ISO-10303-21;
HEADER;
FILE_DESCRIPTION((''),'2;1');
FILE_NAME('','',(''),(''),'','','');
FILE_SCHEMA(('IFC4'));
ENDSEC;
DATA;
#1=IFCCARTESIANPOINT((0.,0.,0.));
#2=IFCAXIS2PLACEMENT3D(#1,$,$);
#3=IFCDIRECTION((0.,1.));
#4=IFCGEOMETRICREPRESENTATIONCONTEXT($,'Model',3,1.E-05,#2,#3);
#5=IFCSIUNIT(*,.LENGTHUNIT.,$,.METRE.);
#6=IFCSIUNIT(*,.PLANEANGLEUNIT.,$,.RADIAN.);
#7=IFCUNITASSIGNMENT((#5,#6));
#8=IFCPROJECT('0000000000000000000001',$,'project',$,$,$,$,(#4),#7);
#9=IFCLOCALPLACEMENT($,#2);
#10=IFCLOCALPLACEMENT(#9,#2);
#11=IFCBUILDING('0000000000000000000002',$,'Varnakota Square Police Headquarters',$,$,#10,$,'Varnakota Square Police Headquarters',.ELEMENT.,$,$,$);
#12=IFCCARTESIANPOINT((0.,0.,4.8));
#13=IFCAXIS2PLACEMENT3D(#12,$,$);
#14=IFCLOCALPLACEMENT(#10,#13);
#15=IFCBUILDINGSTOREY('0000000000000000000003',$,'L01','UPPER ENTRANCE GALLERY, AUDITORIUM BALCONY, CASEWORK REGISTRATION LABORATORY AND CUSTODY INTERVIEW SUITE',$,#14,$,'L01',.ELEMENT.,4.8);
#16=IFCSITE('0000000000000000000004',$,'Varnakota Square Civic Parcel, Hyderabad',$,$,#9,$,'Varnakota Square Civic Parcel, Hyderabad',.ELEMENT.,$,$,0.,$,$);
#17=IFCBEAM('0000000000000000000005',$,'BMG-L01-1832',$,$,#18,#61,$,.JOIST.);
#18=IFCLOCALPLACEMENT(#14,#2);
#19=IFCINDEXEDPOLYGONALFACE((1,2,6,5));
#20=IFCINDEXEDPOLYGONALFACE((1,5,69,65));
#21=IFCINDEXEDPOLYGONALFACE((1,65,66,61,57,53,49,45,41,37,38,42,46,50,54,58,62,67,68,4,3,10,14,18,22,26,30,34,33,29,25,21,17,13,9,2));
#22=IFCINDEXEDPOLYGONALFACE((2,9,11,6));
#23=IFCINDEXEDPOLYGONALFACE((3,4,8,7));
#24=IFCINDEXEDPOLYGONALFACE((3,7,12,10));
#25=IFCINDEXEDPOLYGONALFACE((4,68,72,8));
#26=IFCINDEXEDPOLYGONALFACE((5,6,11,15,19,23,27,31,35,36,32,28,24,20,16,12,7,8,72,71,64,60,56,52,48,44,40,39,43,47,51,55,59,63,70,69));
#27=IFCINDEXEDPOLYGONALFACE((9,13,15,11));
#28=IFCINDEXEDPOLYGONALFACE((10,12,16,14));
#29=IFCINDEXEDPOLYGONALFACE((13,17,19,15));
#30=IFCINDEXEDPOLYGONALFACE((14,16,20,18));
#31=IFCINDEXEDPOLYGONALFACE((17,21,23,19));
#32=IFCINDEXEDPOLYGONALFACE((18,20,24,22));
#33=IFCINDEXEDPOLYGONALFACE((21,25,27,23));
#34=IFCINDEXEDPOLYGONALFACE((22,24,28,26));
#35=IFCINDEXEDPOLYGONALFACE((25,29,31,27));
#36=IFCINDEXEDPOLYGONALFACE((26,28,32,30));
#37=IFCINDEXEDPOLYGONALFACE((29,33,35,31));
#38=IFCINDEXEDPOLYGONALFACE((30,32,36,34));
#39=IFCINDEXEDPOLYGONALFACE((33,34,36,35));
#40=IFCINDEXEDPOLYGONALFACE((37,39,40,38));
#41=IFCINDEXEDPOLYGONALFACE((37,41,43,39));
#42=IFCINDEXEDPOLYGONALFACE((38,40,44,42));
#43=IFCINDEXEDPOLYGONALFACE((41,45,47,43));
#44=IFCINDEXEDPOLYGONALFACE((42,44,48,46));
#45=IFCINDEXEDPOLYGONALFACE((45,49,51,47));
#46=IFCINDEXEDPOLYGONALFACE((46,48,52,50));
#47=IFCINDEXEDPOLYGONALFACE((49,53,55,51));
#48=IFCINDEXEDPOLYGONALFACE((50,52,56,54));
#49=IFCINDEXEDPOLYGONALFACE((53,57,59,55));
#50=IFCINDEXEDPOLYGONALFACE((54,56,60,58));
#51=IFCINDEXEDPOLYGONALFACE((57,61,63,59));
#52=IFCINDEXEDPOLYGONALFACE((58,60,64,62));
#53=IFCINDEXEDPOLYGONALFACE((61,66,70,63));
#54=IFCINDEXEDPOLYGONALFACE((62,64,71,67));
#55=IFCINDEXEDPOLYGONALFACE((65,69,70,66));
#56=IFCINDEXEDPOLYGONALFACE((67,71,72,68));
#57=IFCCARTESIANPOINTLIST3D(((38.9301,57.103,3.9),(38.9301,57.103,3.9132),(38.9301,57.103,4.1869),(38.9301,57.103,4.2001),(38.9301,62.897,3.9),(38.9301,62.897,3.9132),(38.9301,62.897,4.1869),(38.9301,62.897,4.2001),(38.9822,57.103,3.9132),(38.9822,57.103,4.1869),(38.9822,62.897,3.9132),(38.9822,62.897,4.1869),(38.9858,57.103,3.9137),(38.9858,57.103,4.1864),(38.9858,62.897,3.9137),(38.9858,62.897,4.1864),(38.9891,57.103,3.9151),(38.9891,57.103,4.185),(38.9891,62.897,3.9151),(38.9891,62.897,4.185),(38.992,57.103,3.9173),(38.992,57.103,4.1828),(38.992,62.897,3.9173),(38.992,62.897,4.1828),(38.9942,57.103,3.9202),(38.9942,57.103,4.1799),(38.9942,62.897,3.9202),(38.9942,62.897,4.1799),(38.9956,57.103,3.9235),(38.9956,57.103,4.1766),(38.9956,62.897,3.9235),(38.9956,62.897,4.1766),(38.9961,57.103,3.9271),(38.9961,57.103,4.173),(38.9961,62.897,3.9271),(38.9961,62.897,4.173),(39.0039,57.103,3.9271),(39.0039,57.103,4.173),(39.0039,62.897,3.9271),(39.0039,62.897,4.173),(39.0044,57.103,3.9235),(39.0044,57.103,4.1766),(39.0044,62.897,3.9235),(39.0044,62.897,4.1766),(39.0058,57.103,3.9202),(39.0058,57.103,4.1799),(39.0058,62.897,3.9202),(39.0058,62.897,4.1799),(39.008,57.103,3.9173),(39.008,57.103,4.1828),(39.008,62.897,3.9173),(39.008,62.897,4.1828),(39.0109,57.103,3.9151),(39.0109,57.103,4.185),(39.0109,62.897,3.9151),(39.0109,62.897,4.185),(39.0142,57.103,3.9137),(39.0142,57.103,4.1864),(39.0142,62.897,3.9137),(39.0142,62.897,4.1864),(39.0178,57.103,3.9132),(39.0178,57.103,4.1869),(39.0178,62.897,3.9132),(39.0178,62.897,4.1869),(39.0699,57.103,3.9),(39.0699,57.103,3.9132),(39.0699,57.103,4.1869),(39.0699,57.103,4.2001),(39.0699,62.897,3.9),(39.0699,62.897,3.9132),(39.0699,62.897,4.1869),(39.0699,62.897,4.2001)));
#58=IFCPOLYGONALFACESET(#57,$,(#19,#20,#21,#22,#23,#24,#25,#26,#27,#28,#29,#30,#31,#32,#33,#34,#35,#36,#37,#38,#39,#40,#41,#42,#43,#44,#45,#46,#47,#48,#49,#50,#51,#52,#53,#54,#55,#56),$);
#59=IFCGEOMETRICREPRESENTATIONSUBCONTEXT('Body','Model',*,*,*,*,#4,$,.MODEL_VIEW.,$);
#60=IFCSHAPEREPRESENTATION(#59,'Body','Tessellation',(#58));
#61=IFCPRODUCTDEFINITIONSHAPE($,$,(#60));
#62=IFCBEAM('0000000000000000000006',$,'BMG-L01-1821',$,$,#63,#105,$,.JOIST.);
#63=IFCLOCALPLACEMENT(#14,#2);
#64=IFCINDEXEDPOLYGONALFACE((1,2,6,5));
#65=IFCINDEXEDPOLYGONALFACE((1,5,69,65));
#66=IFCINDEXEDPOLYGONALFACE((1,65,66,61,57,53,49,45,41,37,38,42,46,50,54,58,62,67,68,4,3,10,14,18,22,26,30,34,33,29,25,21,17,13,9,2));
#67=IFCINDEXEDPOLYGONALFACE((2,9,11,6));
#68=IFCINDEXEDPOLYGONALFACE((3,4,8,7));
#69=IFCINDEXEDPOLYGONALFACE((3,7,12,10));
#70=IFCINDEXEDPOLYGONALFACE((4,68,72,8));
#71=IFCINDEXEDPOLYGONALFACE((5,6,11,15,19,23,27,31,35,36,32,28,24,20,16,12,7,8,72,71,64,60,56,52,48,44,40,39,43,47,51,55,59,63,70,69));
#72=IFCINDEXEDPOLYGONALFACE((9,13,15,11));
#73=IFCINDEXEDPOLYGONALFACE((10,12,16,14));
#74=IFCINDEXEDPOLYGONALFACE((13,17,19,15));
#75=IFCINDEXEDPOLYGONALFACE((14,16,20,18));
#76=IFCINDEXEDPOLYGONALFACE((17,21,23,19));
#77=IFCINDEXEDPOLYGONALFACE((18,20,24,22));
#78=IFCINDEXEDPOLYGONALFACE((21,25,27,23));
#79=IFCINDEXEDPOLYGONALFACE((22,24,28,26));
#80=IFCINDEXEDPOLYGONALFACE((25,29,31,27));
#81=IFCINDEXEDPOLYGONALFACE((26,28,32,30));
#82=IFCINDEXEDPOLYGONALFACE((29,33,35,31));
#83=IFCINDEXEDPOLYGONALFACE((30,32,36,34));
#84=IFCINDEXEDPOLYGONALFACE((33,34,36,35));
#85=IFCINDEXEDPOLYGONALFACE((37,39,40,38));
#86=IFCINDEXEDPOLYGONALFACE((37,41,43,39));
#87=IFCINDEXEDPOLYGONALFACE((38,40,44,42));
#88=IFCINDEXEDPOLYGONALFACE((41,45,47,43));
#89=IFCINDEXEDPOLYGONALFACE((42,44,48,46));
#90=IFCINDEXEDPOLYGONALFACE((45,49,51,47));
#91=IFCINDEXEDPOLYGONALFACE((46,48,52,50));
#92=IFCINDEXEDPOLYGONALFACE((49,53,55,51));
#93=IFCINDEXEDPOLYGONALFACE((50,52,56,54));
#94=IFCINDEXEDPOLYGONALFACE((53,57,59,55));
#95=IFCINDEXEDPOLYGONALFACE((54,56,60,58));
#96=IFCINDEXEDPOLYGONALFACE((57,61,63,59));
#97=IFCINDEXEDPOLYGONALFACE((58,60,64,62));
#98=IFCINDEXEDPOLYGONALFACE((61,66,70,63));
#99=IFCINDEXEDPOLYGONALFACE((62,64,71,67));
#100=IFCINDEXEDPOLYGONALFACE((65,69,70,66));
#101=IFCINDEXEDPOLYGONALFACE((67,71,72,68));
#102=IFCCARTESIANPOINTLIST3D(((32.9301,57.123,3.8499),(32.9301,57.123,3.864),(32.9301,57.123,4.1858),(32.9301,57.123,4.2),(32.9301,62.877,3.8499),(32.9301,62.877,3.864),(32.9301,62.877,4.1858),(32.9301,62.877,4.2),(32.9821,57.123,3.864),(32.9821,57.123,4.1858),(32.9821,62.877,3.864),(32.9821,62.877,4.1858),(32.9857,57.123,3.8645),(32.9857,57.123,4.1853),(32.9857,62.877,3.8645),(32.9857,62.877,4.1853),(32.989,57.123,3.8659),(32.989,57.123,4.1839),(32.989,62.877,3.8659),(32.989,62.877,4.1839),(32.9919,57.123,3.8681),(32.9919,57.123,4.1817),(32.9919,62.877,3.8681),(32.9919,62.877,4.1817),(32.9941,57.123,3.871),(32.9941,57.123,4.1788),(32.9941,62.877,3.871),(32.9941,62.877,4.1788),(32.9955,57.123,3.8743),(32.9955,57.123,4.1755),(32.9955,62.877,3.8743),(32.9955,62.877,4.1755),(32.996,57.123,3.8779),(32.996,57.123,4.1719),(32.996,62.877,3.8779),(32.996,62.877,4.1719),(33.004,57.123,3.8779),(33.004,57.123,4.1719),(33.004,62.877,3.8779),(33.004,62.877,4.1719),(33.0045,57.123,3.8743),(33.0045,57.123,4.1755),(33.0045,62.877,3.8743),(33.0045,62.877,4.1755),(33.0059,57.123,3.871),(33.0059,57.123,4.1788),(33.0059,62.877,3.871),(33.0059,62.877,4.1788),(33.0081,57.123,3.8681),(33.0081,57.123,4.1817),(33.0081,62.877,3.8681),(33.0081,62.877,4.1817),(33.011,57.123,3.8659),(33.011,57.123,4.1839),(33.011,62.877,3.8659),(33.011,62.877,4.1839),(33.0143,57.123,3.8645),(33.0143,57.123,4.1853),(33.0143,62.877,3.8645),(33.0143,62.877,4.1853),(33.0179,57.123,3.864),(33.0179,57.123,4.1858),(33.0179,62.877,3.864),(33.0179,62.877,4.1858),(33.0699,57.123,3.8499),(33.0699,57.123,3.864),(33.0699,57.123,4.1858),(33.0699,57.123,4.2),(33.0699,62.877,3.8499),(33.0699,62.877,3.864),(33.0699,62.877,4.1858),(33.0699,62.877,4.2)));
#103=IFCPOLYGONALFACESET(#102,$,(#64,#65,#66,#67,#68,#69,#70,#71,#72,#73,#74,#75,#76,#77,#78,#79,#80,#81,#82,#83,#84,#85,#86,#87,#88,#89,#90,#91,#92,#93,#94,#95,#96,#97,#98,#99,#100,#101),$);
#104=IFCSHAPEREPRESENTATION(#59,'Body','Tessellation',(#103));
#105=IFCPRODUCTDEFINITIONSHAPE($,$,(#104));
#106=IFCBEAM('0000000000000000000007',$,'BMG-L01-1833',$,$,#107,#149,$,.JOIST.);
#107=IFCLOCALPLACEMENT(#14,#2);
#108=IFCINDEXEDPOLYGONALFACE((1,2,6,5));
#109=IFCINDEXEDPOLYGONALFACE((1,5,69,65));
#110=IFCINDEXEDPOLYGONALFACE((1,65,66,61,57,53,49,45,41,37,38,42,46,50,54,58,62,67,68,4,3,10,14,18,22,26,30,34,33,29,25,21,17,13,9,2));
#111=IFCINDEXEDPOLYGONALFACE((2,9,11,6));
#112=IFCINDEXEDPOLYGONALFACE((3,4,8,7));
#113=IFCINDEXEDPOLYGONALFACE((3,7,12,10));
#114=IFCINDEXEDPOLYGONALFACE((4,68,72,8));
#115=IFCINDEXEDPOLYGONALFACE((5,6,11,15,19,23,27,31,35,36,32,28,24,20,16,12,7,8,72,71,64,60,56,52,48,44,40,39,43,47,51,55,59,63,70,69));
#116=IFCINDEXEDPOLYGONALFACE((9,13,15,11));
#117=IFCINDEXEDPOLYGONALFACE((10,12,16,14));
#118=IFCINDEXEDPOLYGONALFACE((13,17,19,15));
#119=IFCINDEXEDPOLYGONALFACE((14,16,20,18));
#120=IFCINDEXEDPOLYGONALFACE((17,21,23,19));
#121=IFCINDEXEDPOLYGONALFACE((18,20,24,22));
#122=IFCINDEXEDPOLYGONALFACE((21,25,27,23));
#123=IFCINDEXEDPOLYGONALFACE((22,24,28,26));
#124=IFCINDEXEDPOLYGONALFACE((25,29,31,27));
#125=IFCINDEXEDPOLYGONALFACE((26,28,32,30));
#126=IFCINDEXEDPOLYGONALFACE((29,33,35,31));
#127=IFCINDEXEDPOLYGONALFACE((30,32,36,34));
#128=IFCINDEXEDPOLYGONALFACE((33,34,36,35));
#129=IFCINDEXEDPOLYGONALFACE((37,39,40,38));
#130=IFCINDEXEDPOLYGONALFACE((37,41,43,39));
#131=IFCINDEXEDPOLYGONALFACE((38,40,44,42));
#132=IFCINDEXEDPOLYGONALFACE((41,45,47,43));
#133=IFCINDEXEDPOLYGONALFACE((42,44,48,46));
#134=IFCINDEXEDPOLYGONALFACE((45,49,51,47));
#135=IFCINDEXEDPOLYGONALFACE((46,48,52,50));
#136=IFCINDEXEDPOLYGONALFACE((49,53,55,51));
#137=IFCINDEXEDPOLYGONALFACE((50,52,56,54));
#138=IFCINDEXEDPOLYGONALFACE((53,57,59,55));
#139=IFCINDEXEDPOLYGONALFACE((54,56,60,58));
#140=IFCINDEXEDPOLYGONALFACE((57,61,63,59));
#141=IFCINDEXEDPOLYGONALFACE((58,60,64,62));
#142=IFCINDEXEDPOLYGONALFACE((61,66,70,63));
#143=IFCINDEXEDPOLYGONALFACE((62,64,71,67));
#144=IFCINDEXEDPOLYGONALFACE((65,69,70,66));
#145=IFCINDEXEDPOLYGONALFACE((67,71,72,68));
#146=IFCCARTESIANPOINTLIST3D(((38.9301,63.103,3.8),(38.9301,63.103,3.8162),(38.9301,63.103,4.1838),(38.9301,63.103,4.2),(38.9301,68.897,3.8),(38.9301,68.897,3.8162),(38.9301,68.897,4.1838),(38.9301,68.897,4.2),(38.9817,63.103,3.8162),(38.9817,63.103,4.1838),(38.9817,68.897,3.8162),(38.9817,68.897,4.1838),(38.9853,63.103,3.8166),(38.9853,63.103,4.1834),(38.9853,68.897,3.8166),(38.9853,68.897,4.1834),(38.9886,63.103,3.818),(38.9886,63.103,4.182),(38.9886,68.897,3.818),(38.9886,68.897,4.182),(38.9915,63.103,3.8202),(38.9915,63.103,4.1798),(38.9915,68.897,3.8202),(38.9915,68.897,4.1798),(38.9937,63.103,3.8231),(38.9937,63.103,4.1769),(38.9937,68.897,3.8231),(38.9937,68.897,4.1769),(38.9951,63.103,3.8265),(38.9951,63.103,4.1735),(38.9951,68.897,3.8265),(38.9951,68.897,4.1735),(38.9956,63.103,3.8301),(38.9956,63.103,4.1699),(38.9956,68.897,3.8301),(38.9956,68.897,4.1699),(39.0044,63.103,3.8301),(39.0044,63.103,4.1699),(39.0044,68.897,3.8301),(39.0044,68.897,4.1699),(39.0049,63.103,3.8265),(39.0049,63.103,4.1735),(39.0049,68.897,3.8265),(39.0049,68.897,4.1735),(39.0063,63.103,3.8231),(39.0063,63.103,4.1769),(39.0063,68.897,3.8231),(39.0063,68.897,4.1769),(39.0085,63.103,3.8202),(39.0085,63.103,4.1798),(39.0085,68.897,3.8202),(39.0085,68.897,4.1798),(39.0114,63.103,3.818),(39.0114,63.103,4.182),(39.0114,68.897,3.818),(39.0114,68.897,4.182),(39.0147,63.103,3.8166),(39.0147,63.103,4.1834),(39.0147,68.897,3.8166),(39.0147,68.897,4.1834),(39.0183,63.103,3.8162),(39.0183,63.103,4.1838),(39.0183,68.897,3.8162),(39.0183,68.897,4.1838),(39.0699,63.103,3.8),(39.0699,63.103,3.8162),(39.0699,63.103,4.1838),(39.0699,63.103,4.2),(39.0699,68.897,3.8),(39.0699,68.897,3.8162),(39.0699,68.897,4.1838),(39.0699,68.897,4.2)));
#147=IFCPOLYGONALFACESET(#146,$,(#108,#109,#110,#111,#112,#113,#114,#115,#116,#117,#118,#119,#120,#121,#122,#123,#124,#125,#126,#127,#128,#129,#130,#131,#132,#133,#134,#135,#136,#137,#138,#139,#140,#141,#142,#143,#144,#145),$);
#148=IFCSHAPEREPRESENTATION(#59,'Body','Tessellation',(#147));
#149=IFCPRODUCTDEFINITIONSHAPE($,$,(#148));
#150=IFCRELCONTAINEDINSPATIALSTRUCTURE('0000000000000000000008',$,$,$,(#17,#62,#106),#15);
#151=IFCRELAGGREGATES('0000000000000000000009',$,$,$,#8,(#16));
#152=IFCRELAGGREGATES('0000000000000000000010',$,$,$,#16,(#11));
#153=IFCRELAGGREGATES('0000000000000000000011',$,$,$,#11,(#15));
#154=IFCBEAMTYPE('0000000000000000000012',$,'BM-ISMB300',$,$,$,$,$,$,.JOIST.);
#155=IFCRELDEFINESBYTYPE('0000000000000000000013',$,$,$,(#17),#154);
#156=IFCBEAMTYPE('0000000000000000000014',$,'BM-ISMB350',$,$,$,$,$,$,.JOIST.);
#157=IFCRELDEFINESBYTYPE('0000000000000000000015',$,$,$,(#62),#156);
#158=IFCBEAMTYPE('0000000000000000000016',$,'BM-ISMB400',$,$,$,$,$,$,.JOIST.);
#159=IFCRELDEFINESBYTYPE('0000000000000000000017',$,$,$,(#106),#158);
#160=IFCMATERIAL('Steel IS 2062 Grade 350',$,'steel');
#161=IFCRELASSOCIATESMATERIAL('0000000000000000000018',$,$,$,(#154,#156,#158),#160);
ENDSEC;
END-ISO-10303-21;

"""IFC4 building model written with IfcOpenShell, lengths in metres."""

from ifc_helpers import new_model, si_unit, direction, frame, origin, origin_2d, place, context, subcontext, project, spatial, i_section, extrude, material, material_profile, profile_set, type_object, element, save


model = new_model("IFC4")

# Units and contexts
model_context = context("Model", 3, precision=1e-05, world=origin(), true_north=direction((0.0, 1.0)))
body_context = subcontext(model_context, "Body", "Model", "MODEL_VIEW")
ifc_project = project(units=[si_unit("LENGTHUNIT", "METRE"), si_unit("PLANEANGLEUNIT", "RADIAN")], contexts=[model_context])

# Site, building, storey
site_placement = place(None, origin())
site = spatial("IfcSite", under=ifc_project, at=site_placement, Name="Varnakota Square Civic Parcel, Hyderabad", LongName="Varnakota Square Civic Parcel, Hyderabad", CompositionType="ELEMENT", RefElevation=0.0)
building_placement = place(site_placement, origin())
building = spatial("IfcBuilding", under=site, at=building_placement, Name="Varnakota Square Police Headquarters", LongName="Varnakota Square Police Headquarters", CompositionType="ELEMENT")
storey_placement = place(building_placement, frame((0.0, 0.0, 4.8)))
storey = spatial("IfcBuildingStorey", under=building, at=storey_placement, Name="L01", Description="UPPER ENTRANCE GALLERY, AUDITORIUM BALCONY, CASEWORK REGISTRATION LABORATORY AND CUSTODY INTERVIEW SUITE", LongName="L01", CompositionType="ELEMENT", Elevation=4.8)

# Shared definitions
ifc_material_1 = material(Name="Steel IS 2062 Grade 350", Category="steel")

# Beams
ifc_material_profile_1 = material_profile(ifc_material_1, i_section(OverallWidth=0.1399, OverallDepth=0.3, WebThickness=0.0078, FlangeThickness=0.0132, FilletRadius=0.0139, at=origin_2d()), Name="ISMB 300")
ifc_profile_set_1 = profile_set([ifc_material_profile_1], Name="Steel IS 2062 Grade 350")
beam_type_1 = type_object("IfcBeamType", Name="BM-ISMB300", PredefinedType="JOIST", material=ifc_profile_set_1)
beam_1_placement = place(storey_placement, frame((39.0, 57.103, 4.05), z_axis=(0.0, 1.0, 0.0), x_axis=(-1.0, 0.0, 0.0)))
element("IfcBeam", 1, at=beam_1_placement, inside=storey, type_object=beam_type_1, Name="BMG-L01-1832", PredefinedType="JOIST", context=body_context, shape_type="SweptSolid", body=[
    extrude(i_section(OverallWidth=0.1399, OverallDepth=0.3, WebThickness=0.0078, FlangeThickness=0.0132, FilletRadius=0.0139, at=origin_2d()), origin(), (0.0, 0.0, 1.0), 5.7939),
])
ifc_material_profile_2 = material_profile(ifc_material_1, i_section(OverallWidth=0.1399, OverallDepth=0.3501, WebThickness=0.0081, FlangeThickness=0.0142, FilletRadius=0.0139, at=origin_2d()), Name="ISMB 350")
ifc_profile_set_2 = profile_set([ifc_material_profile_2], Name="Steel IS 2062 Grade 350")
beam_type_2 = type_object("IfcBeamType", Name="BM-ISMB350", PredefinedType="JOIST", material=ifc_profile_set_2)
beam_2_placement = place(storey_placement, frame((33.0, 57.123, 4.0249), z_axis=(0.0, 1.0, 0.0), x_axis=(-1.0, 0.0, 0.0)))
element("IfcBeam", 2, at=beam_2_placement, inside=storey, type_object=beam_type_2, Name="BMG-L01-1821", PredefinedType="JOIST", context=body_context, shape_type="SweptSolid", body=[
    extrude(i_section(OverallWidth=0.1399, OverallDepth=0.3501, WebThickness=0.0081, FlangeThickness=0.0142, FilletRadius=0.0139, at=origin_2d()), origin(), (0.0, 0.0, 1.0), 5.7539),
])
ifc_material_profile_3 = material_profile(ifc_material_1, i_section(OverallWidth=0.1399, OverallDepth=0.3999, WebThickness=0.0088, FlangeThickness=0.0161, FilletRadius=0.0139, at=origin_2d()), Name="ISMB 400")
ifc_profile_set_3 = profile_set([ifc_material_profile_3], Name="Steel IS 2062 Grade 350")
beam_type_3 = type_object("IfcBeamType", Name="BM-ISMB400", PredefinedType="JOIST", material=ifc_profile_set_3)
beam_3_placement = place(storey_placement, frame((39.0, 63.103, 4.0), z_axis=(0.0, 1.0, 0.0), x_axis=(-1.0, 0.0, 0.0)))
element("IfcBeam", 3, at=beam_3_placement, inside=storey, type_object=beam_type_3, Name="BMG-L01-1833", PredefinedType="JOIST", context=body_context, shape_type="SweptSolid", body=[
    extrude(i_section(OverallWidth=0.1399, OverallDepth=0.3999, WebThickness=0.0088, FlangeThickness=0.0161, FilletRadius=0.0139, at=origin_2d()), origin(), (0.0, 0.0, 1.0), 5.7939),
])

save(model, "model.ifc")
